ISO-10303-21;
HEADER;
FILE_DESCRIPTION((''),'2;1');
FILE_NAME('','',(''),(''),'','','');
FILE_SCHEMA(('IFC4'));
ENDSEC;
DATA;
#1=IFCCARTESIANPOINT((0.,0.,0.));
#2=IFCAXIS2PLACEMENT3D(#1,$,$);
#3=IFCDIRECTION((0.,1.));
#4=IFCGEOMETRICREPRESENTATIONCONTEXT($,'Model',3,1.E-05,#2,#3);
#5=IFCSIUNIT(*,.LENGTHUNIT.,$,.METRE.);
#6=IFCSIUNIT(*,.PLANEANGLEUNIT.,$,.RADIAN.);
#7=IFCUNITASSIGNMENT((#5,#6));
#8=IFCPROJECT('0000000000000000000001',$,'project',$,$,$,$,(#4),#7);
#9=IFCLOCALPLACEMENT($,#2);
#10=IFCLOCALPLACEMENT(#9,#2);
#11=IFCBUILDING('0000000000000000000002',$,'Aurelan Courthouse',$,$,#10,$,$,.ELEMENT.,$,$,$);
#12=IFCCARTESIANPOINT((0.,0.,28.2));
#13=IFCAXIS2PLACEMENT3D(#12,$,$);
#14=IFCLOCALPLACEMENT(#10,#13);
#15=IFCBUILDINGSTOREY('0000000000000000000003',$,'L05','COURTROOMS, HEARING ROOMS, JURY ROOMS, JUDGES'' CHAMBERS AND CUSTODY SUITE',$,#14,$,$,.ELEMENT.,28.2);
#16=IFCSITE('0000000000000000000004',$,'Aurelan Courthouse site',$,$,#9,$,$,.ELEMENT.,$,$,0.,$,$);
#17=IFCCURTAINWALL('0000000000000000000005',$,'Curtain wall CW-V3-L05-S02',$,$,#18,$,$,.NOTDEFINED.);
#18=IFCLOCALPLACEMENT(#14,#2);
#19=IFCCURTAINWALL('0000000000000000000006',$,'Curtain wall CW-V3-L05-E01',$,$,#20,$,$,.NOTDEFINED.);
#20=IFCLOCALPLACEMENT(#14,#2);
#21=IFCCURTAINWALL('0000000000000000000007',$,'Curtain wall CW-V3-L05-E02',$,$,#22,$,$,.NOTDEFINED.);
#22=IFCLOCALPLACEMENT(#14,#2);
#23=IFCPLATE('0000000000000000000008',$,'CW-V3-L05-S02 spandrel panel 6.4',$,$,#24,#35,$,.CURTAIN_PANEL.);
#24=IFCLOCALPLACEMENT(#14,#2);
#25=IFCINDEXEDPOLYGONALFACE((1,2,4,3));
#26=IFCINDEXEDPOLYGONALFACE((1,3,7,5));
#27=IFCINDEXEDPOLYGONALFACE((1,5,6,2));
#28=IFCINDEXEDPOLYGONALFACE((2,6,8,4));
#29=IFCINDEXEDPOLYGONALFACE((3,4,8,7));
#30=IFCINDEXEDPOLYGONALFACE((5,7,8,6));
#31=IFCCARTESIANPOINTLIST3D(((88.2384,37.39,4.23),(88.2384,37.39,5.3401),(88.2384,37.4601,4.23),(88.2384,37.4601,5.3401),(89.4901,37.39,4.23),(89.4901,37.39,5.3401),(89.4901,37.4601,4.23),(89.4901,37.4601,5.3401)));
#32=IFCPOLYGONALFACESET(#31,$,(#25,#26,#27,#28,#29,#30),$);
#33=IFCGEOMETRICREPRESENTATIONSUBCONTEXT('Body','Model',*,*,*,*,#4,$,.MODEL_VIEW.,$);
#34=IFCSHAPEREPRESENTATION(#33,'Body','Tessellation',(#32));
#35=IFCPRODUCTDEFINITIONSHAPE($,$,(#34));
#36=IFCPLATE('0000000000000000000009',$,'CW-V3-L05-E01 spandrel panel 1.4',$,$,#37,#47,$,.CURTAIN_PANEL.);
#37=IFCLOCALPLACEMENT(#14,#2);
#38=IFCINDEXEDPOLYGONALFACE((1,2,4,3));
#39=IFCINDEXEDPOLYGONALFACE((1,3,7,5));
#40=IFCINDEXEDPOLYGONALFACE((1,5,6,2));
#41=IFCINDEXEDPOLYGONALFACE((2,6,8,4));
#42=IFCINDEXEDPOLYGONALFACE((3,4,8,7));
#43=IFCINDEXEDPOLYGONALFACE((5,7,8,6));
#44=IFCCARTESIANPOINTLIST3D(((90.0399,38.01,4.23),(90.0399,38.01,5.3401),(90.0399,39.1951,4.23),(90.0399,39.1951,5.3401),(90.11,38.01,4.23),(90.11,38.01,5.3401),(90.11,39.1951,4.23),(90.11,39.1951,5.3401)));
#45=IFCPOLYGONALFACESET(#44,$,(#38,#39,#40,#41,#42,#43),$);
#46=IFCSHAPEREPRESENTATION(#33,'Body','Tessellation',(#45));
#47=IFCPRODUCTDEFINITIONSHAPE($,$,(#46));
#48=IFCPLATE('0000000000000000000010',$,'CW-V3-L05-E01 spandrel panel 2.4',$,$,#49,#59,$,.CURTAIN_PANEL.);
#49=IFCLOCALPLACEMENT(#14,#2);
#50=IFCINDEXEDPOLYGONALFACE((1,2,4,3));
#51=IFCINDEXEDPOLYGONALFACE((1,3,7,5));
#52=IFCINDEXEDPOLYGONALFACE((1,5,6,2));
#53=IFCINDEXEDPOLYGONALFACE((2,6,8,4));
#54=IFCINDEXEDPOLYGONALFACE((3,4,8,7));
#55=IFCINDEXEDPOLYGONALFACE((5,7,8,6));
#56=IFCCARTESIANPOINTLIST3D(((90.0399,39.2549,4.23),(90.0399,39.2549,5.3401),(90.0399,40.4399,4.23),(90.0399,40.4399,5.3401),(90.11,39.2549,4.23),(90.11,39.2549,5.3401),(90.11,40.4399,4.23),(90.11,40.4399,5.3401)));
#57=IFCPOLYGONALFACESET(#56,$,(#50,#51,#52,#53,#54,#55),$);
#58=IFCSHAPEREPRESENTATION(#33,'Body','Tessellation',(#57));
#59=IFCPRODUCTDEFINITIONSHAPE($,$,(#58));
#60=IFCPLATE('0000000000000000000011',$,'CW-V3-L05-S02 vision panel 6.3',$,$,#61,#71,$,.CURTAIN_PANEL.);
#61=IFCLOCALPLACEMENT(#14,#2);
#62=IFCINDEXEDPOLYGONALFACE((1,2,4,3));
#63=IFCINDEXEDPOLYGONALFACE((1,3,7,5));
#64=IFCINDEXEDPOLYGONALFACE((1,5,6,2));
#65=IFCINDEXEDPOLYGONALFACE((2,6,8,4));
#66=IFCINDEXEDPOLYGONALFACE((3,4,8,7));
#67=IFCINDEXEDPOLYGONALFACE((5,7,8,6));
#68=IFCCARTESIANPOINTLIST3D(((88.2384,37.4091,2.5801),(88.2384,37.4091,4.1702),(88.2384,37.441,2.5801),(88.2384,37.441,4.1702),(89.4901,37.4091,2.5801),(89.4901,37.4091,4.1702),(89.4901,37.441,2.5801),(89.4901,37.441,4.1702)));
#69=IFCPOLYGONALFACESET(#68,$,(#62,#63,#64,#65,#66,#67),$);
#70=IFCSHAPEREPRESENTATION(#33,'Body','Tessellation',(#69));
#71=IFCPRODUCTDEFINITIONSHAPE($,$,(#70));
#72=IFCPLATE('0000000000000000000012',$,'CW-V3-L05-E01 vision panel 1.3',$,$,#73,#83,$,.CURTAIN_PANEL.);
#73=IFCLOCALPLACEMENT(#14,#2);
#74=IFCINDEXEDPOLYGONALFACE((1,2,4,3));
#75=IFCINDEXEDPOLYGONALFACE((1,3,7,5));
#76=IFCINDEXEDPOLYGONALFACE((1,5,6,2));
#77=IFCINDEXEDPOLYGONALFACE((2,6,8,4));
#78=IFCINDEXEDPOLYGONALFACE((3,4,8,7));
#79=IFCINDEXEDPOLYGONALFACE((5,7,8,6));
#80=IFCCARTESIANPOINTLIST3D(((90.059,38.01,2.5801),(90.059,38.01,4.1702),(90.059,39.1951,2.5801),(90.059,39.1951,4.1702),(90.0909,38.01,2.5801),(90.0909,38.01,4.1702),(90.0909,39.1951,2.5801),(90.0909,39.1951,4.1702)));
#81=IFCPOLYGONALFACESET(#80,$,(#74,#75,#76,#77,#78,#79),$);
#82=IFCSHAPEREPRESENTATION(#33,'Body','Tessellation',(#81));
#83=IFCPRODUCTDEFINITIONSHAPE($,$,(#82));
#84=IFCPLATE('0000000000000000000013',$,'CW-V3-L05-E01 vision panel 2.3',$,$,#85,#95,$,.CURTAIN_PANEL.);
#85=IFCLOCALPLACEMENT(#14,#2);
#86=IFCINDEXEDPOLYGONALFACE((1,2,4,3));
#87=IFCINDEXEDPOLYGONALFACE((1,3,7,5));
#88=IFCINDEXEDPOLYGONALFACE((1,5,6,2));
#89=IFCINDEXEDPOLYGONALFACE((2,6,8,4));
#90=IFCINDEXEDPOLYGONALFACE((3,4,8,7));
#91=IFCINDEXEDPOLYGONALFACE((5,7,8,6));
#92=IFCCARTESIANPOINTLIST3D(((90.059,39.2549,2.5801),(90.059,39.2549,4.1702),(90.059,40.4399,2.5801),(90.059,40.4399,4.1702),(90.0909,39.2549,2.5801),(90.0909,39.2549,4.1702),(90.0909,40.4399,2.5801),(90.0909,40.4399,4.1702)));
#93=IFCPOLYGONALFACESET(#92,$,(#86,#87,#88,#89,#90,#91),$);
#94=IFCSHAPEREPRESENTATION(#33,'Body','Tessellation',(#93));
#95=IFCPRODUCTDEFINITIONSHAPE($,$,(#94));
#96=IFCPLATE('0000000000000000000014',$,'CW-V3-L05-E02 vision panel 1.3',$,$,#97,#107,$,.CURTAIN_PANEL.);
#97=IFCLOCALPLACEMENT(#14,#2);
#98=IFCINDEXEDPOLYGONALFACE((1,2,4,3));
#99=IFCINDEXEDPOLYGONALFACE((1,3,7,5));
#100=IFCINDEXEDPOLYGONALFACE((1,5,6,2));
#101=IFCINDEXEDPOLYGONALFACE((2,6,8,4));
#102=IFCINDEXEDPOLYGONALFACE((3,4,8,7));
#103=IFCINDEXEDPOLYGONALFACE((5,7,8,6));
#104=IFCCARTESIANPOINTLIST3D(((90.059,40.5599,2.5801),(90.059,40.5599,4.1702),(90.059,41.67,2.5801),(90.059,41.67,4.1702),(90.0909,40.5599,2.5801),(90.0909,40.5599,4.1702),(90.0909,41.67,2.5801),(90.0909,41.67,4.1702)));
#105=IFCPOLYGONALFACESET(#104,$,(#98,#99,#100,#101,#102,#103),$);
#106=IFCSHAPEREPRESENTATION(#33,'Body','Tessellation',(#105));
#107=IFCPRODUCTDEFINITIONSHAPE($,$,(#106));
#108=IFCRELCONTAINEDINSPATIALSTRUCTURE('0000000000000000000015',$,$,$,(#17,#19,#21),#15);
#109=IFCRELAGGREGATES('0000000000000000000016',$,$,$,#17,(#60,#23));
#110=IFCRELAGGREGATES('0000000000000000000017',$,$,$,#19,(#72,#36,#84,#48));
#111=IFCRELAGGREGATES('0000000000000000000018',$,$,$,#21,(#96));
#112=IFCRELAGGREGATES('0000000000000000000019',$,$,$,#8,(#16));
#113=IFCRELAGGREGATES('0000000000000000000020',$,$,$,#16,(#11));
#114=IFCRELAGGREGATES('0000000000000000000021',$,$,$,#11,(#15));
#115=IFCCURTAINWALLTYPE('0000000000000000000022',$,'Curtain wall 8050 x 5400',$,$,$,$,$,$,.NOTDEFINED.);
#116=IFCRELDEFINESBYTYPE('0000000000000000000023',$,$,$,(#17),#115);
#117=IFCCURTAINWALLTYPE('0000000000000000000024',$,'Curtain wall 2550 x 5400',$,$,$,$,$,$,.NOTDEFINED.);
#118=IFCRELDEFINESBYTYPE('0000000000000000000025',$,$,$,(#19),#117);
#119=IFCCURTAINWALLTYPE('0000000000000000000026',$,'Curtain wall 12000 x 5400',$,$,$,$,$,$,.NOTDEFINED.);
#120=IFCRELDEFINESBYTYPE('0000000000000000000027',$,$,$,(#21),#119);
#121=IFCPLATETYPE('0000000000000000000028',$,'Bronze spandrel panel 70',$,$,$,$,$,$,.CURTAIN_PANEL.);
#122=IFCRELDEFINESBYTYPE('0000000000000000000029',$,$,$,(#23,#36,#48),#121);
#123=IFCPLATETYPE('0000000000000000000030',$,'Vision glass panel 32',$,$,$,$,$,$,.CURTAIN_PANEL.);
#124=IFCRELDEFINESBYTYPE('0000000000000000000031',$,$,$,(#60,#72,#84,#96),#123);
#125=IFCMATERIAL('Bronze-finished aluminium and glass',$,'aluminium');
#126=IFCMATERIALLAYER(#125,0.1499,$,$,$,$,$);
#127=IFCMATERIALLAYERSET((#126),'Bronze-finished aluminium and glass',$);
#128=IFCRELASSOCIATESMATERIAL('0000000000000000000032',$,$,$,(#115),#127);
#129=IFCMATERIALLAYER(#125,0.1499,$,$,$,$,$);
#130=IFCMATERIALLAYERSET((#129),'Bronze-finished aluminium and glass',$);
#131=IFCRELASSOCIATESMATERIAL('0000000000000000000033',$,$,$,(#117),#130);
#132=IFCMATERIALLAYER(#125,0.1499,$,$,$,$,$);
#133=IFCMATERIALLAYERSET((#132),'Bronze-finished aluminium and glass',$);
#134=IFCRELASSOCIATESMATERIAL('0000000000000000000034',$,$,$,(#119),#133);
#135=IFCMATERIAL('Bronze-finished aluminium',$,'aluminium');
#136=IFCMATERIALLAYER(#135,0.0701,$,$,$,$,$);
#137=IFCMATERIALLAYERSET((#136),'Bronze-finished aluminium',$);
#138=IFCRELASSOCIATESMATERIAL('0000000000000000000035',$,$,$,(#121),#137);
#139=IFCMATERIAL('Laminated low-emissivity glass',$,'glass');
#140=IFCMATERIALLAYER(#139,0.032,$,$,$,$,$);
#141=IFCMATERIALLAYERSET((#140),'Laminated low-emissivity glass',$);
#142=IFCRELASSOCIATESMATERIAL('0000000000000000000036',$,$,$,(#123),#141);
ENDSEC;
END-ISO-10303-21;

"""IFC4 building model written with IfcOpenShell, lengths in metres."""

from ifc_helpers import new_model, si_unit, direction, frame, origin, origin_2d, place, context, subcontext, project, spatial, rectangle, extrude, material, layer, layer_set, type_object, element, aggregate, save


model = new_model("IFC4")

# Units and contexts
model_context = context("Model", 3, precision=1e-05, world=origin(), true_north=direction((0.0, 1.0)))
body_context = subcontext(model_context, "Body", "Model", "MODEL_VIEW")
ifc_project = project(units=[si_unit("LENGTHUNIT", "METRE"), si_unit("PLANEANGLEUNIT", "RADIAN")], contexts=[model_context])

# Site, building, storey
site_placement = place(None, origin())
site = spatial("IfcSite", under=ifc_project, at=site_placement, Name="Aurelan Courthouse site", CompositionType="ELEMENT", RefElevation=0.0)
building_placement = place(site_placement, origin())
building = spatial("IfcBuilding", under=site, at=building_placement, Name="Aurelan Courthouse", CompositionType="ELEMENT")
storey_placement = place(building_placement, frame((0.0, 0.0, 28.2)))
storey = spatial("IfcBuildingStorey", under=building, at=storey_placement, Name="L05", Description="COURTROOMS, HEARING ROOMS, JURY ROOMS, JUDGES' CHAMBERS AND CUSTODY SUITE", CompositionType="ELEMENT", Elevation=28.2)

# Curtain walls
ifc_material_1 = material(Name="Bronze-finished aluminium and glass", Category="aluminium")
ifc_layer_1 = layer(ifc_material_1, 0.1499)
ifc_layer_set_1 = layer_set([ifc_layer_1], Name="Bronze-finished aluminium and glass")
curtain_wall_type_1 = type_object("IfcCurtainWallType", Name="Curtain wall 8050 x 5400", PredefinedType="NOTDEFINED", material=ifc_layer_set_1)
curtain_wall_1_placement = place(storey_placement, origin())
curtain_wall_1 = element("IfcCurtainWall", 1, at=curtain_wall_1_placement, inside=storey, type_object=curtain_wall_type_1, Name="Curtain wall CW-V3-L05-S02", PredefinedType="NOTDEFINED")
ifc_material_2 = material(Name="Bronze-finished aluminium", Category="aluminium")
ifc_layer_2 = layer(ifc_material_1, 0.1499)
ifc_layer_set_2 = layer_set([ifc_layer_2], Name="Bronze-finished aluminium and glass")
curtain_wall_type_2 = type_object("IfcCurtainWallType", Name="Curtain wall 2550 x 5400", PredefinedType="NOTDEFINED", material=ifc_layer_set_2)
curtain_wall_2_placement = place(storey_placement, origin())
curtain_wall_2 = element("IfcCurtainWall", 2, at=curtain_wall_2_placement, inside=storey, type_object=curtain_wall_type_2, Name="Curtain wall CW-V3-L05-E01", PredefinedType="NOTDEFINED")
ifc_layer_3 = layer(ifc_material_1, 0.1499)
ifc_layer_set_3 = layer_set([ifc_layer_3], Name="Bronze-finished aluminium and glass")
curtain_wall_type_3 = type_object("IfcCurtainWallType", Name="Curtain wall 12000 x 5400", PredefinedType="NOTDEFINED", material=ifc_layer_set_3)
curtain_wall_3_placement = place(storey_placement, origin())
curtain_wall_3 = element("IfcCurtainWall", 3, at=curtain_wall_3_placement, inside=storey, type_object=curtain_wall_type_3, Name="Curtain wall CW-V3-L05-E02", PredefinedType="NOTDEFINED")

# Plates
ifc_layer_4 = layer(ifc_material_2, 0.0701)
ifc_layer_set_4 = layer_set([ifc_layer_4], Name="Bronze-finished aluminium")
plate_type_1 = type_object("IfcPlateType", Name="Bronze spandrel panel 70", PredefinedType="CURTAIN_PANEL", material=ifc_layer_set_4)
plate_1_placement = place(storey_placement, frame((88.8643, 37.425, 4.23), z_axis=(0.0, 0.0, 1.0), x_axis=(1.0, 0.0, 0.0)))
plate_1 = element("IfcPlate", 4, at=plate_1_placement, type_object=plate_type_1, Name="CW-V3-L05-S02 spandrel panel 6.4", PredefinedType="CURTAIN_PANEL", context=body_context, shape_type="SweptSolid", body=[
    extrude(rectangle(XDim=1.2517, YDim=0.0701, at=origin_2d()), origin(), (0.0, 0.0, 1.0), 1.1101),
])
plate_2_placement = place(storey_placement, frame((90.075, 38.6025, 4.23), z_axis=(0.0, 0.0, 1.0), x_axis=(0.0, 1.0, 0.0)))
plate_2 = element("IfcPlate", 5, at=plate_2_placement, type_object=plate_type_1, Name="CW-V3-L05-E01 spandrel panel 1.4", PredefinedType="CURTAIN_PANEL", context=body_context, shape_type="SweptSolid", body=[
    extrude(rectangle(XDim=1.1851, YDim=0.0701, at=origin_2d()), origin(), (0.0, 0.0, 1.0), 1.1101),
])
plate_3_placement = place(storey_placement, frame((90.075, 39.8474, 4.23), z_axis=(0.0, 0.0, 1.0), x_axis=(0.0, 1.0, 0.0)))
plate_3 = element("IfcPlate", 6, at=plate_3_placement, type_object=plate_type_1, Name="CW-V3-L05-E01 spandrel panel 2.4", PredefinedType="CURTAIN_PANEL", context=body_context, shape_type="SweptSolid", body=[
    extrude(rectangle(XDim=1.1851, YDim=0.0701, at=origin_2d()), origin(), (0.0, 0.0, 1.0), 1.1101),
])
ifc_material_3 = material(Name="Laminated low-emissivity glass", Category="glass")
ifc_layer_5 = layer(ifc_material_3, 0.032)
ifc_layer_set_5 = layer_set([ifc_layer_5], Name="Laminated low-emissivity glass")
plate_type_2 = type_object("IfcPlateType", Name="Vision glass panel 32", PredefinedType="CURTAIN_PANEL", material=ifc_layer_set_5)
plate_4_placement = place(storey_placement, frame((88.8643, 37.425, 2.5801), z_axis=(0.0, 0.0, 1.0), x_axis=(1.0, 0.0, 0.0)))
plate_4 = element("IfcPlate", 7, at=plate_4_placement, type_object=plate_type_2, Name="CW-V3-L05-S02 vision panel 6.3", PredefinedType="CURTAIN_PANEL", context=body_context, shape_type="SweptSolid", body=[
    extrude(rectangle(XDim=1.2517, YDim=0.032, at=origin_2d()), origin(), (0.0, 0.0, 1.0), 1.5901),
])
aggregate(curtain_wall_1, [plate_4, plate_1])
plate_5_placement = place(storey_placement, frame((90.075, 38.6025, 2.5801), z_axis=(0.0, 0.0, 1.0), x_axis=(0.0, 1.0, 0.0)))
plate_5 = element("IfcPlate", 8, at=plate_5_placement, type_object=plate_type_2, Name="CW-V3-L05-E01 vision panel 1.3", PredefinedType="CURTAIN_PANEL", context=body_context, shape_type="SweptSolid", body=[
    extrude(rectangle(XDim=1.1851, YDim=0.032, at=origin_2d()), origin(), (0.0, 0.0, 1.0), 1.5901),
])
plate_6_placement = place(storey_placement, frame((90.075, 39.8474, 2.5801), z_axis=(0.0, 0.0, 1.0), x_axis=(0.0, 1.0, 0.0)))
plate_6 = element("IfcPlate", 9, at=plate_6_placement, type_object=plate_type_2, Name="CW-V3-L05-E01 vision panel 2.3", PredefinedType="CURTAIN_PANEL", context=body_context, shape_type="SweptSolid", body=[
    extrude(rectangle(XDim=1.1851, YDim=0.032, at=origin_2d()), origin(), (0.0, 0.0, 1.0), 1.5901),
])
aggregate(curtain_wall_2, [plate_5, plate_2, plate_6, plate_3])
plate_7_placement = place(storey_placement, frame((90.075, 41.115, 2.5801), z_axis=(0.0, 0.0, 1.0), x_axis=(0.0, 1.0, 0.0)))
plate_7 = element("IfcPlate", 10, at=plate_7_placement, type_object=plate_type_2, Name="CW-V3-L05-E02 vision panel 1.3", PredefinedType="CURTAIN_PANEL", context=body_context, shape_type="SweptSolid", body=[
    extrude(rectangle(XDim=1.1101, YDim=0.032, at=origin_2d()), origin(), (0.0, 0.0, 1.0), 1.5901),
])
aggregate(curtain_wall_3, [plate_7])

save(model, "model.ifc")
